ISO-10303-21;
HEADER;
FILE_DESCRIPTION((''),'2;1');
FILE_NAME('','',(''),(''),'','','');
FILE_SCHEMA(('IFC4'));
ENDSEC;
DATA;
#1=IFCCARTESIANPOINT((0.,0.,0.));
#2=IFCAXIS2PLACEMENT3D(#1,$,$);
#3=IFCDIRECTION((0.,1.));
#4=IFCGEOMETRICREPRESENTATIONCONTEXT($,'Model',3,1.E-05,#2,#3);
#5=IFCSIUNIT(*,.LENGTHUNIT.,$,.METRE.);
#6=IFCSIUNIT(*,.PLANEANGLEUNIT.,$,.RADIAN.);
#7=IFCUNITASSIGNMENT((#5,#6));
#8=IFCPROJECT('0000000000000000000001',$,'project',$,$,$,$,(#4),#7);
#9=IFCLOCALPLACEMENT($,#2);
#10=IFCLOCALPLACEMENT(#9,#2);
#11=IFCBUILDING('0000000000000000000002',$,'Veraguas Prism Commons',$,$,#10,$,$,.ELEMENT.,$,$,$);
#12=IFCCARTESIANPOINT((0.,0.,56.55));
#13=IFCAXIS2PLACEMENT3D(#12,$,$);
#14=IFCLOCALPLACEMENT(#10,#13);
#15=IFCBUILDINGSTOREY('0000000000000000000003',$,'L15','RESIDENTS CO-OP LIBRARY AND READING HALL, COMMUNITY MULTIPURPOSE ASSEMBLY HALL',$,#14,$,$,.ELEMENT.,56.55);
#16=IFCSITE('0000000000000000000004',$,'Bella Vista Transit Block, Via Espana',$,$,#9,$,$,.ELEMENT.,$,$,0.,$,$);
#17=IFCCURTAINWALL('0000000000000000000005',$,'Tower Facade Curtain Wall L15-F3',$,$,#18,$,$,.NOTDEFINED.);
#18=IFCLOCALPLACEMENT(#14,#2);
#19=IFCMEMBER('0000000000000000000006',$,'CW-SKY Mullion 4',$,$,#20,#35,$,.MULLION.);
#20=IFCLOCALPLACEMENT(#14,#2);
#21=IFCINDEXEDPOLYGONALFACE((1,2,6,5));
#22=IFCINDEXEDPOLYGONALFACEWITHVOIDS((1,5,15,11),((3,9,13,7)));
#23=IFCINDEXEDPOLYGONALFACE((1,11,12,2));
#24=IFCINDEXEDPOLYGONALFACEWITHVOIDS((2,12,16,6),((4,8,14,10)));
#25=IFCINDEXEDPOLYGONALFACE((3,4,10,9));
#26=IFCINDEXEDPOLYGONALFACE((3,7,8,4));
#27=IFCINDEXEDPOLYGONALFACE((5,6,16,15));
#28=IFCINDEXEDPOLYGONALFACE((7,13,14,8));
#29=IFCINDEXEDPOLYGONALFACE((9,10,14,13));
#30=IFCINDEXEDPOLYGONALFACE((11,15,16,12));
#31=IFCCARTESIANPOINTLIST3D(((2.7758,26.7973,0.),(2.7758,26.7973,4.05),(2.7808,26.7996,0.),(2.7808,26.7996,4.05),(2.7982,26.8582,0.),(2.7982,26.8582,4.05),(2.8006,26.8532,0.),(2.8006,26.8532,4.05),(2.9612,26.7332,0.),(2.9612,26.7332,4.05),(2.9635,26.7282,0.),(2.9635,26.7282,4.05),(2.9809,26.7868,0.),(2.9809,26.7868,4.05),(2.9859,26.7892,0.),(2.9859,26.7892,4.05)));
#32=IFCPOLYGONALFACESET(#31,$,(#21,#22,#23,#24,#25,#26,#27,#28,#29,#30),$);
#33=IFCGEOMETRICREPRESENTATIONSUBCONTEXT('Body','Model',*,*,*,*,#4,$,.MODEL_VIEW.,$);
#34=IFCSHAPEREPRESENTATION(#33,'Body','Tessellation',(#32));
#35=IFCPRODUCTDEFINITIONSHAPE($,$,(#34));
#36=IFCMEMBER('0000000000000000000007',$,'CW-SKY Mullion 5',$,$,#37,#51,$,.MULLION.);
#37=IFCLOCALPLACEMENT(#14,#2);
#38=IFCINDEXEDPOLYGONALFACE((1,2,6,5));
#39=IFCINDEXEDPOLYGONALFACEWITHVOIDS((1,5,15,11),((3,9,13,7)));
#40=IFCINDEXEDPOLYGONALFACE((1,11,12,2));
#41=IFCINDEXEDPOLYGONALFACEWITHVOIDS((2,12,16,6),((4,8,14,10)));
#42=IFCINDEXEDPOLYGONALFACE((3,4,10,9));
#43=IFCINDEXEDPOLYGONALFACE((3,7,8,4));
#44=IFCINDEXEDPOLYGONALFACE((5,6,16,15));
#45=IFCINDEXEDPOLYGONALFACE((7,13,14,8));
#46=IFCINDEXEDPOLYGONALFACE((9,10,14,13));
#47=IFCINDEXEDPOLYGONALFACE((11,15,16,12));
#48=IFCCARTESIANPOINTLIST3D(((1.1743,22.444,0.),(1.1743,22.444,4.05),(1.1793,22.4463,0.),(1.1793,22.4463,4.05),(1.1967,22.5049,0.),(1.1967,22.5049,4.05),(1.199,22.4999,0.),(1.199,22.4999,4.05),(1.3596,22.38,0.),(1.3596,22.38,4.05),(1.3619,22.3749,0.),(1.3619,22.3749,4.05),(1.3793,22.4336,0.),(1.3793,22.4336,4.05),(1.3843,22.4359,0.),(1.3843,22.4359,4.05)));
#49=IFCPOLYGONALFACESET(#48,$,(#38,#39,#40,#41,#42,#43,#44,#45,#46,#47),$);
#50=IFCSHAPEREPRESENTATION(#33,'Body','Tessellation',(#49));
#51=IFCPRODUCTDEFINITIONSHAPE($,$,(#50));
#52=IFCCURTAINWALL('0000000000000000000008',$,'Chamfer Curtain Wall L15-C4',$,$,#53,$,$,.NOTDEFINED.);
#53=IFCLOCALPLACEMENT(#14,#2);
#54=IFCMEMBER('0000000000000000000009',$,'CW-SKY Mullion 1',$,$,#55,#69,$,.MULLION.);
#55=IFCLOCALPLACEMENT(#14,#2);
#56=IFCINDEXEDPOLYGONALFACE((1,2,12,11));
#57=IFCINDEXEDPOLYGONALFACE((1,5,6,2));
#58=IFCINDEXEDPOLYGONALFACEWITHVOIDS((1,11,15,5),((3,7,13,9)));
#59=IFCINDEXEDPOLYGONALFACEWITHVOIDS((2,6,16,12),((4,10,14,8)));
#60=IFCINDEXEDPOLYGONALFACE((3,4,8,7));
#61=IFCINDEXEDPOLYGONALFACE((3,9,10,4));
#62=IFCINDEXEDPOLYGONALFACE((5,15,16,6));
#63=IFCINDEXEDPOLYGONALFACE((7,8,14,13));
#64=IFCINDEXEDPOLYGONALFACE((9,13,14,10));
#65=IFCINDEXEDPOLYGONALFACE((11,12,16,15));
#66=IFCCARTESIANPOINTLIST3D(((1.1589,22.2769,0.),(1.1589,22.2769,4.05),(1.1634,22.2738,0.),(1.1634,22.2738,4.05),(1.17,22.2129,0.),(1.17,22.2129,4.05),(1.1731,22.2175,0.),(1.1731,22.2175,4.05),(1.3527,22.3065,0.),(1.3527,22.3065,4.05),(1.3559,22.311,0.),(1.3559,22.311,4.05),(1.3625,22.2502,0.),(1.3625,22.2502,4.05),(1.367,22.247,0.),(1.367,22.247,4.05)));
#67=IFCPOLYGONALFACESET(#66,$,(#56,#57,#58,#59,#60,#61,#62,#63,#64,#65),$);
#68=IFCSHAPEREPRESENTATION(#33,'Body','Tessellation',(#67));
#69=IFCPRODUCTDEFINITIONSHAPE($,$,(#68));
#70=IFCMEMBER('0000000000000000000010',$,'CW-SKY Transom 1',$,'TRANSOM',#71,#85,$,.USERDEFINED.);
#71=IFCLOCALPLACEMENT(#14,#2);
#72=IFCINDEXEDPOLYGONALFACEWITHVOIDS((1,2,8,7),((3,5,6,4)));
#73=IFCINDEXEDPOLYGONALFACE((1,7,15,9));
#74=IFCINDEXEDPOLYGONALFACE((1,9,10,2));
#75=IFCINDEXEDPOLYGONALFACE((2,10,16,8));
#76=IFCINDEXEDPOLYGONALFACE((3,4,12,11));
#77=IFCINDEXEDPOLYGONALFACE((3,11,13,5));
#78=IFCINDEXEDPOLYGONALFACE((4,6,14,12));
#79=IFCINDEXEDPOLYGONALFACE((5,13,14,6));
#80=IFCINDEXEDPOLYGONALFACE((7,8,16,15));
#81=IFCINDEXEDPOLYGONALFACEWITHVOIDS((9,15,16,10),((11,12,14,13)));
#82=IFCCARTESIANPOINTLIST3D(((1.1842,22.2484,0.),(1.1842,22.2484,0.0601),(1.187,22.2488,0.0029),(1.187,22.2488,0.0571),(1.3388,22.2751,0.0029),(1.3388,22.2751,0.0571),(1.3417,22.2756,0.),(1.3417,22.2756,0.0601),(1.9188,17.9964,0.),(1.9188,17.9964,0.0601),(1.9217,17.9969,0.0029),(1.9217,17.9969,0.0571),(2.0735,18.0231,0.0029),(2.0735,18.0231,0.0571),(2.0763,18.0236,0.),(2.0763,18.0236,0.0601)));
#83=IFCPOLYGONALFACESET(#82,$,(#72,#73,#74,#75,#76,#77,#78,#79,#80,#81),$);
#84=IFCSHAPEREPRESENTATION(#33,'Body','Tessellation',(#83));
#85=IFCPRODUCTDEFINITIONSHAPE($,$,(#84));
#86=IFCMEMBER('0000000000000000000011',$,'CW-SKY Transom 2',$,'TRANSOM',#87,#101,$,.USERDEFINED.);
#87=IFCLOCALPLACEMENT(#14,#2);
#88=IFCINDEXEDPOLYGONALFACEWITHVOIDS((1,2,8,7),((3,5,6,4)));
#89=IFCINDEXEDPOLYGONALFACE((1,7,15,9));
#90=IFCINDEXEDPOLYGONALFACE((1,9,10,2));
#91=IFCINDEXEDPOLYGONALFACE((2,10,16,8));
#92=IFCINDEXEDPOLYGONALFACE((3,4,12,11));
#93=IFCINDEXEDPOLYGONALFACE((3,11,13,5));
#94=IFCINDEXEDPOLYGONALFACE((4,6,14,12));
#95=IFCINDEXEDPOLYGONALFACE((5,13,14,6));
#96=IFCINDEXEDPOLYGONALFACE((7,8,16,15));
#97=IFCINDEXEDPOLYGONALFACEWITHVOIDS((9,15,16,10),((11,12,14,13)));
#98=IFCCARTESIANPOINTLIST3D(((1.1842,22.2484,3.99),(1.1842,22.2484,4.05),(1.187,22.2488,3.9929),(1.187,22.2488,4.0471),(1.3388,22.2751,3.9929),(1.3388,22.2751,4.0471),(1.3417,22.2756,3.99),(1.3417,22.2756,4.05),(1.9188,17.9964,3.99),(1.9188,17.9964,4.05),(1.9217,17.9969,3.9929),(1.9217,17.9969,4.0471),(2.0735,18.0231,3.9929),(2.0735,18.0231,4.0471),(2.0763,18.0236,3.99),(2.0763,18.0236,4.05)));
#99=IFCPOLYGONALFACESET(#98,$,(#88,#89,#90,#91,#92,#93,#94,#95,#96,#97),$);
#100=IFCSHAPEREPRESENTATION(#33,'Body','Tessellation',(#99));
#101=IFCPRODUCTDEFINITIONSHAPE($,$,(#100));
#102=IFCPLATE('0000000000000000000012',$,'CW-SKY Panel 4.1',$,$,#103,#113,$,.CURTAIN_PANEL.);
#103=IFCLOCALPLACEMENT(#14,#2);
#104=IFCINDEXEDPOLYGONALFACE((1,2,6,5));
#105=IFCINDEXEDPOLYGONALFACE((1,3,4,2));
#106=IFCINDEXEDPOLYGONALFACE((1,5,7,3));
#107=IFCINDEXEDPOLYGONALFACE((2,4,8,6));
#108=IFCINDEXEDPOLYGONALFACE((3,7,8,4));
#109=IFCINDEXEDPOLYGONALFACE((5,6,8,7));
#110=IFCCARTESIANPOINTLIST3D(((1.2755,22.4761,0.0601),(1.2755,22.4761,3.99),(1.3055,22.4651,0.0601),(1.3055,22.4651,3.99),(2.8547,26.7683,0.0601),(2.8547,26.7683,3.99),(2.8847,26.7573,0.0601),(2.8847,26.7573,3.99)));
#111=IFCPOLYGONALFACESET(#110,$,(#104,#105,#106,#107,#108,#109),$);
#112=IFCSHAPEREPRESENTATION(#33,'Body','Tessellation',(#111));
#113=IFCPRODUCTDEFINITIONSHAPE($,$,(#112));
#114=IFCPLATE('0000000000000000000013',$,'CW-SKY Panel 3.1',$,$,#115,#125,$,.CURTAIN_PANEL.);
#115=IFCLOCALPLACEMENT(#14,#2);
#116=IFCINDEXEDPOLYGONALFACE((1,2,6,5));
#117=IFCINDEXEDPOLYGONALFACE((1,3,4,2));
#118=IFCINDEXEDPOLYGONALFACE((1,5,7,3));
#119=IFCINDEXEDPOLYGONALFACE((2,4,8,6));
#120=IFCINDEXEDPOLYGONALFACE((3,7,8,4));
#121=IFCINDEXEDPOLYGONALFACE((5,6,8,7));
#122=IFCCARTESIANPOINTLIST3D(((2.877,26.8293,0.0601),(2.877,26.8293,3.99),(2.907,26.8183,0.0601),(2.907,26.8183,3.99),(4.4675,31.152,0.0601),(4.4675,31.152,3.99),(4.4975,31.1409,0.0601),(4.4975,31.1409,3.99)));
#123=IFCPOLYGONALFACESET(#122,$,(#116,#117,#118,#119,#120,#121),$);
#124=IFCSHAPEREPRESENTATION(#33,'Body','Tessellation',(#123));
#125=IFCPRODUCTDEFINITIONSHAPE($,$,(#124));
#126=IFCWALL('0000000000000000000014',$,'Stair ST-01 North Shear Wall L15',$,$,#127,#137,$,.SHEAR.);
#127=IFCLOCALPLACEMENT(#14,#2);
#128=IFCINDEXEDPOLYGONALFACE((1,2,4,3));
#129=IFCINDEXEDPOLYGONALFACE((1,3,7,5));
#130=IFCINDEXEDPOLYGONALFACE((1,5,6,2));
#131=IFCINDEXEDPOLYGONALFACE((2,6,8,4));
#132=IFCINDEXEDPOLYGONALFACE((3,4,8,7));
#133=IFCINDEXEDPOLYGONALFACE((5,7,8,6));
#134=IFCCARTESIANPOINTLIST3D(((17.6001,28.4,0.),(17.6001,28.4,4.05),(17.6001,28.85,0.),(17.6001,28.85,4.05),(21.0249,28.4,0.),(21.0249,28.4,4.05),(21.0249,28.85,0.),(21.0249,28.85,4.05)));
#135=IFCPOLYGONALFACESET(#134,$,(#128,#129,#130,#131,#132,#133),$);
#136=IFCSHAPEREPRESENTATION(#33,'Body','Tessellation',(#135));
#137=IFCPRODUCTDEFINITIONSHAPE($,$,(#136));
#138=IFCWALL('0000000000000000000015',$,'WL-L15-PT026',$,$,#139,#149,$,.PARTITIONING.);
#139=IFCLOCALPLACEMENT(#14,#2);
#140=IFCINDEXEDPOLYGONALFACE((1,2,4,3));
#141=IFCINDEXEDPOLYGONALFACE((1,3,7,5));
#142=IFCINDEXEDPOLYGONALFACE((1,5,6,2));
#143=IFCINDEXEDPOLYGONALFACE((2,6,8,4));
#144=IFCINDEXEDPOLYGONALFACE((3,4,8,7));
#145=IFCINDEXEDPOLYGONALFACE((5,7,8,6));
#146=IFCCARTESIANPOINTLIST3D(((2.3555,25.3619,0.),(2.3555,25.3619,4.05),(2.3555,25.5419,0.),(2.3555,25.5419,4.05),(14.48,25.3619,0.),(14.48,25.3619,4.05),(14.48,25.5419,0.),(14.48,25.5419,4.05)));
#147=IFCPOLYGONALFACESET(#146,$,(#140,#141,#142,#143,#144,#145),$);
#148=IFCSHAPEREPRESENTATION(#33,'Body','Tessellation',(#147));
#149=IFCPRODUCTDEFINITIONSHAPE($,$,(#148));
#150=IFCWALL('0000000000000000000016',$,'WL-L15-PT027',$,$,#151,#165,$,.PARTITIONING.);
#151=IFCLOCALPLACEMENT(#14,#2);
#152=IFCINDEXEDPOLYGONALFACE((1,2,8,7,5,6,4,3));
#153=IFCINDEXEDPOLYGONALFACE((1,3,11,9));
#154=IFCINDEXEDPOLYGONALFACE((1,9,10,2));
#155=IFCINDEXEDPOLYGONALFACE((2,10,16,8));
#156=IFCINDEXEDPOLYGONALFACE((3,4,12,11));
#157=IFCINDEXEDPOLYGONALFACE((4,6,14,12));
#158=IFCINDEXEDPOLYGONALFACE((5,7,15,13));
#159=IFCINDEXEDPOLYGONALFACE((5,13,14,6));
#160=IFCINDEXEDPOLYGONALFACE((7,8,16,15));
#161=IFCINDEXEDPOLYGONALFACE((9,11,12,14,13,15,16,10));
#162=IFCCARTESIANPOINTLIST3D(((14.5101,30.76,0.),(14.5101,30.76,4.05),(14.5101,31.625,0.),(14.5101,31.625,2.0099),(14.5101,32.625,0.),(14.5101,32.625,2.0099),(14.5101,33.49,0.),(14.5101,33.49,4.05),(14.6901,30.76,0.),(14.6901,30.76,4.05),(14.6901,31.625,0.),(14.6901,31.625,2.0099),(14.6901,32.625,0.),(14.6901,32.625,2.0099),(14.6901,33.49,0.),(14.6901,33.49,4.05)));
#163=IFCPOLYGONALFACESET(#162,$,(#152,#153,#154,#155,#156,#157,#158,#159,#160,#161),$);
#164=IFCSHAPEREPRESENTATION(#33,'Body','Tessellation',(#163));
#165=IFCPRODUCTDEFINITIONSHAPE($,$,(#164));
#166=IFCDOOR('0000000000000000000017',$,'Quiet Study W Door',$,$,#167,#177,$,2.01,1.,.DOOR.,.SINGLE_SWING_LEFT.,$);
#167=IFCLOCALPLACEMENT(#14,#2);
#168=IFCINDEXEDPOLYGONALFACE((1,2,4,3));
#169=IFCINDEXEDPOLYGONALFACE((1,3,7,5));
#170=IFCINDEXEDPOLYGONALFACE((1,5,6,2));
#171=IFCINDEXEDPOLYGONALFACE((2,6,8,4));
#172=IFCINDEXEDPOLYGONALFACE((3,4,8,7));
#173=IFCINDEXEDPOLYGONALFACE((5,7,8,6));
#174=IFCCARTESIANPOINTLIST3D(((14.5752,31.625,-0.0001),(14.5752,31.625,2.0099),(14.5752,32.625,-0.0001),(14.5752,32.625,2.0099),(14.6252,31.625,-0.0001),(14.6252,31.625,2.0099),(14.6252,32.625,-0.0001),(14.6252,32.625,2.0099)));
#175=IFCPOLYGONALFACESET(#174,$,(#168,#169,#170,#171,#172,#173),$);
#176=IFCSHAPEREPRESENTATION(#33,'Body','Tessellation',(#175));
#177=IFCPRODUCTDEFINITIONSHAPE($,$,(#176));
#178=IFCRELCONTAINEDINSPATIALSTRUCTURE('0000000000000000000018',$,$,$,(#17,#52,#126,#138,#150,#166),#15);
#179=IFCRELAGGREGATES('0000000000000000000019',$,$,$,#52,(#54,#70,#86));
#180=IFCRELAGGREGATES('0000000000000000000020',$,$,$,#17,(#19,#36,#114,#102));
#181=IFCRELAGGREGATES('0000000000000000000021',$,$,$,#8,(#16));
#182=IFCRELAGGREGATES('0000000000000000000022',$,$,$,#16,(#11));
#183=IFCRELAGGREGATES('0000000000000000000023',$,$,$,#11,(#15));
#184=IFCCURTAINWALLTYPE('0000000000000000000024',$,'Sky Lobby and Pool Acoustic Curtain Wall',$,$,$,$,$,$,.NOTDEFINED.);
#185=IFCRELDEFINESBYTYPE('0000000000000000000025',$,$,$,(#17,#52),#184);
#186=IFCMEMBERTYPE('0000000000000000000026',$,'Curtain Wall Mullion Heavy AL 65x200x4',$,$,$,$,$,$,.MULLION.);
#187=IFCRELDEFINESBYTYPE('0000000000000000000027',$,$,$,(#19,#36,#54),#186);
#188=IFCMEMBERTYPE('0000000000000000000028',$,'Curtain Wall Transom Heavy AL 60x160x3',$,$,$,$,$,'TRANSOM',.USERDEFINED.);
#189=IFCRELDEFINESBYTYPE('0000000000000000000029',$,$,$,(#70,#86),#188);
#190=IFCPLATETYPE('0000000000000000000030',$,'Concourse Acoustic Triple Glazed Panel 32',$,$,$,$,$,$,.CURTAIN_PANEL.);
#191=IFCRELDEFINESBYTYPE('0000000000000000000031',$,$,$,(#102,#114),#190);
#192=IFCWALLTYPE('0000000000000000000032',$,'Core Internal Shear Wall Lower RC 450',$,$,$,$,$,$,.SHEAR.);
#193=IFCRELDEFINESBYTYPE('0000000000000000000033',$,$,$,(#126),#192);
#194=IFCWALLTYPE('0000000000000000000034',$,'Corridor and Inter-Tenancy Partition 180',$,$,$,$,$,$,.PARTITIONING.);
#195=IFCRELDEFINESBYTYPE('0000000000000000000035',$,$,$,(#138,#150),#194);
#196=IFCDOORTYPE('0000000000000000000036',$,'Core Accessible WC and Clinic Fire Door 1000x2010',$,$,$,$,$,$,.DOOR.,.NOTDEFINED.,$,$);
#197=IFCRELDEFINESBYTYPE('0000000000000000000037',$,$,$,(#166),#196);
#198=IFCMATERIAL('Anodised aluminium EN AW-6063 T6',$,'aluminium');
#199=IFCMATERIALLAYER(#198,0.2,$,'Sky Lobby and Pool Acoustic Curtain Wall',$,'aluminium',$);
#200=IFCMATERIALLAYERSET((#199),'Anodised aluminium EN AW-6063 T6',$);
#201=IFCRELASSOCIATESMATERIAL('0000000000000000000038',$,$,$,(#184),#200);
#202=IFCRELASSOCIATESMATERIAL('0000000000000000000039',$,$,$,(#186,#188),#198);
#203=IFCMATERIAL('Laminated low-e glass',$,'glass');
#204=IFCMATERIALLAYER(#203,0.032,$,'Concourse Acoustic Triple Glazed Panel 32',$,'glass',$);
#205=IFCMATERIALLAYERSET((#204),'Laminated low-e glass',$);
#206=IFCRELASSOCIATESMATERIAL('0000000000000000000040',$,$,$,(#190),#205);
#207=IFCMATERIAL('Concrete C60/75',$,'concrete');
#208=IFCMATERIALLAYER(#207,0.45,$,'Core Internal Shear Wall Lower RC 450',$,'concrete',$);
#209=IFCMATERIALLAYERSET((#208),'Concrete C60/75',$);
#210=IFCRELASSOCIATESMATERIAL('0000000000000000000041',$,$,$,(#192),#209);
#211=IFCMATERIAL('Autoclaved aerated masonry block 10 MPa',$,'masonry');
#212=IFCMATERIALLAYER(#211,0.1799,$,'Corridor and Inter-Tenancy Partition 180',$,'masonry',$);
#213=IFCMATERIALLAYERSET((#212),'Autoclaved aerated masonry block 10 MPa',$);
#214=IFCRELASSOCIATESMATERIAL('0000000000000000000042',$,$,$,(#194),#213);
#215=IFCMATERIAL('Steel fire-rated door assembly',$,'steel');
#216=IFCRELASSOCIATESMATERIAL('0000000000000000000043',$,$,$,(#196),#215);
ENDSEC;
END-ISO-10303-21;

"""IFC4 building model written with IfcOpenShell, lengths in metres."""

from ifc_helpers import new_model, si_unit, direction, frame, frame_2d, origin, origin_2d, place, context, subcontext, project, spatial, rectangle, hollow_rectangle, extrude, source, transform, mapped, material, layer, layer_set, material_profile, profile_set, type_object, element, fill, aggregate, save


model = new_model("IFC4")

# Units and contexts
model_context = context("Model", 3, precision=1e-05, world=origin(), true_north=direction((0.0, 1.0)))
body_context = subcontext(model_context, "Body", "Model", "MODEL_VIEW")
ifc_project = project(units=[si_unit("LENGTHUNIT", "METRE"), si_unit("PLANEANGLEUNIT", "RADIAN")], contexts=[model_context])

# Site, building, storey
site_placement = place(None, origin())
site = spatial("IfcSite", under=ifc_project, at=site_placement, Name="Bella Vista Transit Block, Via Espana", CompositionType="ELEMENT", RefElevation=0.0)
building_placement = place(site_placement, origin())
building = spatial("IfcBuilding", under=site, at=building_placement, Name="Veraguas Prism Commons", CompositionType="ELEMENT")
storey_placement = place(building_placement, frame((0.0, 0.0, 56.55)))
storey = spatial("IfcBuildingStorey", under=building, at=storey_placement, Name="L15", Description="RESIDENTS CO-OP LIBRARY AND READING HALL, COMMUNITY MULTIPURPOSE ASSEMBLY HALL", CompositionType="ELEMENT", Elevation=56.55)

# Shared definitions
ifc_material_1 = material(Name="Concrete C60/75", Category="concrete")

# Curtain walls, members
ifc_material_2 = material(Name="Anodised aluminium EN AW-6063 T6", Category="aluminium")
ifc_layer_1 = layer(ifc_material_2, 0.2, Name="Sky Lobby and Pool Acoustic Curtain Wall", Category="aluminium")
ifc_layer_set_1 = layer_set([ifc_layer_1], Name="Anodised aluminium EN AW-6063 T6")
curtain_wall_type = type_object("IfcCurtainWallType", Name="Sky Lobby and Pool Acoustic Curtain Wall", PredefinedType="NOTDEFINED", material=ifc_layer_set_1)
curtain_wall_1_placement = place(storey_placement, origin())
curtain_wall_1 = element("IfcCurtainWall", 1, at=curtain_wall_1_placement, inside=storey, type_object=curtain_wall_type, Name="Tower Facade Curtain Wall L15-F3", PredefinedType="NOTDEFINED")
ifc_material_profile_1 = material_profile(ifc_material_2, hollow_rectangle(XDim=0.0649, YDim=0.2, WallThickness=0.0039, at=origin_2d()), Name="AL65X200X4")
ifc_profile_set_1 = profile_set([ifc_material_profile_1], Name="Anodised aluminium EN AW-6063 T6")
member_type_1 = type_object("IfcMemberType", Name="Curtain Wall Mullion Heavy AL 65x200x4", PredefinedType="MULLION", material=ifc_profile_set_1)
shared_shape_1 = source(origin(), body_context, "Body", "SweptSolid", [
    extrude(hollow_rectangle(XDim=0.0649, YDim=0.2, WallThickness=0.0039, at=origin_2d()), origin(), (0.0, 0.0, 1.0), 4.05),
])
member_1_placement = place(storey_placement, frame((2.8809, 26.7932, 0.0), z_axis=(0.0, 0.0, 1.0), x_axis=(-0.345301, -0.938492, 0.0)))
member_1 = element("IfcMember", 2, at=member_1_placement, type_object=member_type_1, Name="CW-SKY Mullion 4", PredefinedType="MULLION", context=body_context, shape_type="MappedRepresentation", body=[
    mapped(shared_shape_1, transform((0.0, 0.0, 0.0), scale=1.0)),
])
member_2_placement = place(storey_placement, frame((1.2793, 22.4399, 0.0), z_axis=(0.0, 0.0, 1.0), x_axis=(-0.345301, -0.938492, 0.0)))
member_2 = element("IfcMember", 3, at=member_2_placement, type_object=member_type_1, Name="CW-SKY Mullion 5", PredefinedType="MULLION", context=body_context, shape_type="MappedRepresentation", body=[
    mapped(shared_shape_1, transform((0.0, 0.0, 0.0), scale=1.0)),
])
curtain_wall_2_placement = place(storey_placement, origin())
curtain_wall_2 = element("IfcCurtainWall", 4, at=curtain_wall_2_placement, inside=storey, type_object=curtain_wall_type, Name="Chamfer Curtain Wall L15-C4", PredefinedType="NOTDEFINED")
member_3_placement = place(storey_placement, frame((1.2629, 22.262, 0.0), z_axis=(0.0, 0.0, 1.0), x_axis=(0.170227, -0.985405, 0.0)))
member_3 = element("IfcMember", 5, at=member_3_placement, type_object=member_type_1, Name="CW-SKY Mullion 1", PredefinedType="MULLION", context=body_context, shape_type="MappedRepresentation", body=[
    mapped(shared_shape_1, transform((0.0, 0.0, 0.0), scale=1.0)),
])
ifc_material_profile_2 = material_profile(ifc_material_2, hollow_rectangle(XDim=0.0601, YDim=0.1599, WallThickness=0.0029, at=origin_2d()), Name="AL60X160X3")
ifc_profile_set_2 = profile_set([ifc_material_profile_2], Name="Anodised aluminium EN AW-6063 T6")
member_type_2 = type_object("IfcMemberType", Name="Curtain Wall Transom Heavy AL 60x160x3", ElementType="TRANSOM", PredefinedType="USERDEFINED", material=ifc_profile_set_2)
shared_shape_2 = source(origin(), body_context, "Body", "SweptSolid", [
    extrude(hollow_rectangle(XDim=0.0601, YDim=0.1599, WallThickness=0.0029, at=origin_2d()), origin(), (0.0, 0.0, 1.0), 4.3149),
])
member_4_placement = place(storey_placement, frame((1.2629, 22.262, 0.03), z_axis=(0.17025, -0.985401, 0.0), x_axis=(0.0, 0.0, 1.0)))
member_4 = element("IfcMember", 6, at=member_4_placement, type_object=member_type_2, Name="CW-SKY Transom 1", ObjectType="TRANSOM", PredefinedType="USERDEFINED", context=body_context, shape_type="MappedRepresentation", body=[
    mapped(shared_shape_2, transform((0.0, 0.0, 0.0), scale=1.0)),
])
member_5_placement = place(storey_placement, frame((1.2629, 22.262, 4.02), z_axis=(0.17025, -0.985401, 0.0), x_axis=(0.0, 0.0, 1.0)))
member_5 = element("IfcMember", 7, at=member_5_placement, type_object=member_type_2, Name="CW-SKY Transom 2", ObjectType="TRANSOM", PredefinedType="USERDEFINED", context=body_context, shape_type="MappedRepresentation", body=[
    mapped(shared_shape_2, transform((0.0, 0.0, 0.0), scale=1.0)),
])
aggregate(curtain_wall_2, [member_3, member_4, member_5])

# Plates
ifc_material_3 = material(Name="Laminated low-e glass", Category="glass")
ifc_layer_2 = layer(ifc_material_3, 0.032, Name="Concourse Acoustic Triple Glazed Panel 32", Category="glass")
ifc_layer_set_2 = layer_set([ifc_layer_2], Name="Laminated low-e glass")
plate_type = type_object("IfcPlateType", Name="Concourse Acoustic Triple Glazed Panel 32", PredefinedType="CURTAIN_PANEL", material=ifc_layer_set_2)
shared_shape_3 = source(origin(), body_context, "Body", "SweptSolid", [
    extrude(rectangle(XDim=4.5735, YDim=0.032, at=origin_2d()), origin(), (0.0, 0.0, 1.0), 3.9299),
])
plate_1_placement = place(storey_placement, frame((2.0801, 24.6167, 0.0601), z_axis=(0.0, 0.0, 1.0), x_axis=(-0.345301, -0.938492, 0.0)))
plate_1 = element("IfcPlate", 8, at=plate_1_placement, type_object=plate_type, Name="CW-SKY Panel 4.1", PredefinedType="CURTAIN_PANEL", context=body_context, shape_type="MappedRepresentation", body=[
    mapped(shared_shape_3, transform((0.0, 0.0, 0.0), scale=1.0)),
])
shared_shape_4 = source(origin(), body_context, "Body", "SweptSolid", [
    extrude(rectangle(XDim=4.606, YDim=0.032, at=origin_2d()), origin(), (0.0, 0.0, 1.0), 3.9299),
])
plate_2_placement = place(storey_placement, frame((3.6873, 28.9851, 0.0601), z_axis=(0.0, 0.0, 1.0), x_axis=(-0.345301, -0.938492, 0.0)))
plate_2 = element("IfcPlate", 9, at=plate_2_placement, type_object=plate_type, Name="CW-SKY Panel 3.1", PredefinedType="CURTAIN_PANEL", context=body_context, shape_type="MappedRepresentation", body=[
    mapped(shared_shape_4, transform((0.0, 0.0, 0.0), scale=1.0)),
])
aggregate(curtain_wall_1, [member_1, member_2, plate_2, plate_1])

# Walls
ifc_layer_3 = layer(ifc_material_1, 0.45, Name="Core Internal Shear Wall Lower RC 450", Category="concrete")
ifc_layer_set_3 = layer_set([ifc_layer_3], Name="Concrete C60/75")
wall_type_1 = type_object("IfcWallType", Name="Core Internal Shear Wall Lower RC 450", PredefinedType="SHEAR", material=ifc_layer_set_3)
wall_1_placement = place(storey_placement, frame((17.6001, 28.625, 0.0), z_axis=(0.0, 0.0, 1.0), x_axis=(1.0, 0.0, 0.0)))
element("IfcWall", 10, at=wall_1_placement, inside=storey, type_object=wall_type_1, Name="Stair ST-01 North Shear Wall L15", PredefinedType="SHEAR", context=body_context, shape_type="SweptSolid", body=[
    extrude(rectangle(XDim=3.4248, YDim=0.45, at=frame_2d((1.7124, 0.0))), origin(), (0.0, 0.0, 1.0), 4.05),
])
ifc_material_4 = material(Name="Autoclaved aerated masonry block 10 MPa", Category="masonry")
ifc_layer_4 = layer(ifc_material_4, 0.1799, Name="Corridor and Inter-Tenancy Partition 180", Category="masonry")
ifc_layer_set_4 = layer_set([ifc_layer_4], Name="Autoclaved aerated masonry block 10 MPa")
wall_type_2 = type_object("IfcWallType", Name="Corridor and Inter-Tenancy Partition 180", PredefinedType="PARTITIONING", material=ifc_layer_set_4)
wall_2_placement = place(storey_placement, frame((14.48, 25.4519, 0.0), z_axis=(0.0, 0.0, 1.0), x_axis=(-1.0, 0.0, 0.0)))
element("IfcWall", 11, at=wall_2_placement, inside=storey, type_object=wall_type_2, Name="WL-L15-PT026", PredefinedType="PARTITIONING", context=body_context, shape_type="SweptSolid", body=[
    extrude(rectangle(XDim=12.1245, YDim=0.1799, at=frame_2d((6.0623, 0.0))), origin(), (0.0, 0.0, 1.0), 4.05),
])

# Wall, opening, door
wall_3_placement = place(storey_placement, frame((14.6001, 30.76, 0.0), z_axis=(0.0, 0.0, 1.0), x_axis=(0.0, 1.0, 0.0)))
wall_3 = element("IfcWall", 12, at=wall_3_placement, inside=storey, type_object=wall_type_2, Name="WL-L15-PT027", PredefinedType="PARTITIONING", context=body_context, shape_type="SweptSolid", body=[
    extrude(rectangle(XDim=2.73, YDim=0.1799, at=frame_2d((1.365, 0.0))), origin(), (0.0, 0.0, 1.0), 4.05),
])
opening_1_placement = place(wall_3_placement, frame((0.865, 0.0, 0.0)))
opening_1 = element("IfcOpeningElement", 13, at=opening_1_placement, cuts=wall_3, PredefinedType="OPENING", context=body_context, shape_type="SweptSolid", body=[
    extrude(rectangle(XDim=1.0, YDim=2.01, at=frame_2d((0.5, 1.0049))), frame((0.0, 0.0999, 0.0), z_axis=(0.0, -1.0, 0.0), x_axis=(1.0, 0.0, 0.0)), (0.0, 0.0, 1.0), 0.2),
])
ifc_material_5 = material(Name="Steel fire-rated door assembly", Category="steel")
door_type_1 = type_object("IfcDoorType", Name="Core Accessible WC and Clinic Fire Door 1000x2010", OperationType="NOTDEFINED", PredefinedType="DOOR", material=ifc_material_5)
shared_shape_5 = source(origin(), body_context, "Body", "SweptSolid", [
    extrude(rectangle(XDim=1.0, YDim=2.01, at=frame_2d((0.5, 1.0049))), frame((0.0, 0.0249, 0.0), z_axis=(0.0, -1.0, 0.0), x_axis=(1.0, 0.0, 0.0)), (0.0, 0.0, 1.0), 0.05),
])
door_1_placement = place(opening_1_placement, origin())
door_1 = element("IfcDoor", 14, at=door_1_placement, inside=storey, type_object=door_type_1, Name="Quiet Study W Door", OperationType="SINGLE_SWING_LEFT", OverallHeight=2.01, OverallWidth=1.0, PredefinedType="DOOR", context=body_context, shape_type="MappedRepresentation", body=[
    mapped(shared_shape_5, transform((0.0, 0.0, 0.0), scale=1.0)),
])
fill(opening_1, door_1)

save(model, "model.ifc")
